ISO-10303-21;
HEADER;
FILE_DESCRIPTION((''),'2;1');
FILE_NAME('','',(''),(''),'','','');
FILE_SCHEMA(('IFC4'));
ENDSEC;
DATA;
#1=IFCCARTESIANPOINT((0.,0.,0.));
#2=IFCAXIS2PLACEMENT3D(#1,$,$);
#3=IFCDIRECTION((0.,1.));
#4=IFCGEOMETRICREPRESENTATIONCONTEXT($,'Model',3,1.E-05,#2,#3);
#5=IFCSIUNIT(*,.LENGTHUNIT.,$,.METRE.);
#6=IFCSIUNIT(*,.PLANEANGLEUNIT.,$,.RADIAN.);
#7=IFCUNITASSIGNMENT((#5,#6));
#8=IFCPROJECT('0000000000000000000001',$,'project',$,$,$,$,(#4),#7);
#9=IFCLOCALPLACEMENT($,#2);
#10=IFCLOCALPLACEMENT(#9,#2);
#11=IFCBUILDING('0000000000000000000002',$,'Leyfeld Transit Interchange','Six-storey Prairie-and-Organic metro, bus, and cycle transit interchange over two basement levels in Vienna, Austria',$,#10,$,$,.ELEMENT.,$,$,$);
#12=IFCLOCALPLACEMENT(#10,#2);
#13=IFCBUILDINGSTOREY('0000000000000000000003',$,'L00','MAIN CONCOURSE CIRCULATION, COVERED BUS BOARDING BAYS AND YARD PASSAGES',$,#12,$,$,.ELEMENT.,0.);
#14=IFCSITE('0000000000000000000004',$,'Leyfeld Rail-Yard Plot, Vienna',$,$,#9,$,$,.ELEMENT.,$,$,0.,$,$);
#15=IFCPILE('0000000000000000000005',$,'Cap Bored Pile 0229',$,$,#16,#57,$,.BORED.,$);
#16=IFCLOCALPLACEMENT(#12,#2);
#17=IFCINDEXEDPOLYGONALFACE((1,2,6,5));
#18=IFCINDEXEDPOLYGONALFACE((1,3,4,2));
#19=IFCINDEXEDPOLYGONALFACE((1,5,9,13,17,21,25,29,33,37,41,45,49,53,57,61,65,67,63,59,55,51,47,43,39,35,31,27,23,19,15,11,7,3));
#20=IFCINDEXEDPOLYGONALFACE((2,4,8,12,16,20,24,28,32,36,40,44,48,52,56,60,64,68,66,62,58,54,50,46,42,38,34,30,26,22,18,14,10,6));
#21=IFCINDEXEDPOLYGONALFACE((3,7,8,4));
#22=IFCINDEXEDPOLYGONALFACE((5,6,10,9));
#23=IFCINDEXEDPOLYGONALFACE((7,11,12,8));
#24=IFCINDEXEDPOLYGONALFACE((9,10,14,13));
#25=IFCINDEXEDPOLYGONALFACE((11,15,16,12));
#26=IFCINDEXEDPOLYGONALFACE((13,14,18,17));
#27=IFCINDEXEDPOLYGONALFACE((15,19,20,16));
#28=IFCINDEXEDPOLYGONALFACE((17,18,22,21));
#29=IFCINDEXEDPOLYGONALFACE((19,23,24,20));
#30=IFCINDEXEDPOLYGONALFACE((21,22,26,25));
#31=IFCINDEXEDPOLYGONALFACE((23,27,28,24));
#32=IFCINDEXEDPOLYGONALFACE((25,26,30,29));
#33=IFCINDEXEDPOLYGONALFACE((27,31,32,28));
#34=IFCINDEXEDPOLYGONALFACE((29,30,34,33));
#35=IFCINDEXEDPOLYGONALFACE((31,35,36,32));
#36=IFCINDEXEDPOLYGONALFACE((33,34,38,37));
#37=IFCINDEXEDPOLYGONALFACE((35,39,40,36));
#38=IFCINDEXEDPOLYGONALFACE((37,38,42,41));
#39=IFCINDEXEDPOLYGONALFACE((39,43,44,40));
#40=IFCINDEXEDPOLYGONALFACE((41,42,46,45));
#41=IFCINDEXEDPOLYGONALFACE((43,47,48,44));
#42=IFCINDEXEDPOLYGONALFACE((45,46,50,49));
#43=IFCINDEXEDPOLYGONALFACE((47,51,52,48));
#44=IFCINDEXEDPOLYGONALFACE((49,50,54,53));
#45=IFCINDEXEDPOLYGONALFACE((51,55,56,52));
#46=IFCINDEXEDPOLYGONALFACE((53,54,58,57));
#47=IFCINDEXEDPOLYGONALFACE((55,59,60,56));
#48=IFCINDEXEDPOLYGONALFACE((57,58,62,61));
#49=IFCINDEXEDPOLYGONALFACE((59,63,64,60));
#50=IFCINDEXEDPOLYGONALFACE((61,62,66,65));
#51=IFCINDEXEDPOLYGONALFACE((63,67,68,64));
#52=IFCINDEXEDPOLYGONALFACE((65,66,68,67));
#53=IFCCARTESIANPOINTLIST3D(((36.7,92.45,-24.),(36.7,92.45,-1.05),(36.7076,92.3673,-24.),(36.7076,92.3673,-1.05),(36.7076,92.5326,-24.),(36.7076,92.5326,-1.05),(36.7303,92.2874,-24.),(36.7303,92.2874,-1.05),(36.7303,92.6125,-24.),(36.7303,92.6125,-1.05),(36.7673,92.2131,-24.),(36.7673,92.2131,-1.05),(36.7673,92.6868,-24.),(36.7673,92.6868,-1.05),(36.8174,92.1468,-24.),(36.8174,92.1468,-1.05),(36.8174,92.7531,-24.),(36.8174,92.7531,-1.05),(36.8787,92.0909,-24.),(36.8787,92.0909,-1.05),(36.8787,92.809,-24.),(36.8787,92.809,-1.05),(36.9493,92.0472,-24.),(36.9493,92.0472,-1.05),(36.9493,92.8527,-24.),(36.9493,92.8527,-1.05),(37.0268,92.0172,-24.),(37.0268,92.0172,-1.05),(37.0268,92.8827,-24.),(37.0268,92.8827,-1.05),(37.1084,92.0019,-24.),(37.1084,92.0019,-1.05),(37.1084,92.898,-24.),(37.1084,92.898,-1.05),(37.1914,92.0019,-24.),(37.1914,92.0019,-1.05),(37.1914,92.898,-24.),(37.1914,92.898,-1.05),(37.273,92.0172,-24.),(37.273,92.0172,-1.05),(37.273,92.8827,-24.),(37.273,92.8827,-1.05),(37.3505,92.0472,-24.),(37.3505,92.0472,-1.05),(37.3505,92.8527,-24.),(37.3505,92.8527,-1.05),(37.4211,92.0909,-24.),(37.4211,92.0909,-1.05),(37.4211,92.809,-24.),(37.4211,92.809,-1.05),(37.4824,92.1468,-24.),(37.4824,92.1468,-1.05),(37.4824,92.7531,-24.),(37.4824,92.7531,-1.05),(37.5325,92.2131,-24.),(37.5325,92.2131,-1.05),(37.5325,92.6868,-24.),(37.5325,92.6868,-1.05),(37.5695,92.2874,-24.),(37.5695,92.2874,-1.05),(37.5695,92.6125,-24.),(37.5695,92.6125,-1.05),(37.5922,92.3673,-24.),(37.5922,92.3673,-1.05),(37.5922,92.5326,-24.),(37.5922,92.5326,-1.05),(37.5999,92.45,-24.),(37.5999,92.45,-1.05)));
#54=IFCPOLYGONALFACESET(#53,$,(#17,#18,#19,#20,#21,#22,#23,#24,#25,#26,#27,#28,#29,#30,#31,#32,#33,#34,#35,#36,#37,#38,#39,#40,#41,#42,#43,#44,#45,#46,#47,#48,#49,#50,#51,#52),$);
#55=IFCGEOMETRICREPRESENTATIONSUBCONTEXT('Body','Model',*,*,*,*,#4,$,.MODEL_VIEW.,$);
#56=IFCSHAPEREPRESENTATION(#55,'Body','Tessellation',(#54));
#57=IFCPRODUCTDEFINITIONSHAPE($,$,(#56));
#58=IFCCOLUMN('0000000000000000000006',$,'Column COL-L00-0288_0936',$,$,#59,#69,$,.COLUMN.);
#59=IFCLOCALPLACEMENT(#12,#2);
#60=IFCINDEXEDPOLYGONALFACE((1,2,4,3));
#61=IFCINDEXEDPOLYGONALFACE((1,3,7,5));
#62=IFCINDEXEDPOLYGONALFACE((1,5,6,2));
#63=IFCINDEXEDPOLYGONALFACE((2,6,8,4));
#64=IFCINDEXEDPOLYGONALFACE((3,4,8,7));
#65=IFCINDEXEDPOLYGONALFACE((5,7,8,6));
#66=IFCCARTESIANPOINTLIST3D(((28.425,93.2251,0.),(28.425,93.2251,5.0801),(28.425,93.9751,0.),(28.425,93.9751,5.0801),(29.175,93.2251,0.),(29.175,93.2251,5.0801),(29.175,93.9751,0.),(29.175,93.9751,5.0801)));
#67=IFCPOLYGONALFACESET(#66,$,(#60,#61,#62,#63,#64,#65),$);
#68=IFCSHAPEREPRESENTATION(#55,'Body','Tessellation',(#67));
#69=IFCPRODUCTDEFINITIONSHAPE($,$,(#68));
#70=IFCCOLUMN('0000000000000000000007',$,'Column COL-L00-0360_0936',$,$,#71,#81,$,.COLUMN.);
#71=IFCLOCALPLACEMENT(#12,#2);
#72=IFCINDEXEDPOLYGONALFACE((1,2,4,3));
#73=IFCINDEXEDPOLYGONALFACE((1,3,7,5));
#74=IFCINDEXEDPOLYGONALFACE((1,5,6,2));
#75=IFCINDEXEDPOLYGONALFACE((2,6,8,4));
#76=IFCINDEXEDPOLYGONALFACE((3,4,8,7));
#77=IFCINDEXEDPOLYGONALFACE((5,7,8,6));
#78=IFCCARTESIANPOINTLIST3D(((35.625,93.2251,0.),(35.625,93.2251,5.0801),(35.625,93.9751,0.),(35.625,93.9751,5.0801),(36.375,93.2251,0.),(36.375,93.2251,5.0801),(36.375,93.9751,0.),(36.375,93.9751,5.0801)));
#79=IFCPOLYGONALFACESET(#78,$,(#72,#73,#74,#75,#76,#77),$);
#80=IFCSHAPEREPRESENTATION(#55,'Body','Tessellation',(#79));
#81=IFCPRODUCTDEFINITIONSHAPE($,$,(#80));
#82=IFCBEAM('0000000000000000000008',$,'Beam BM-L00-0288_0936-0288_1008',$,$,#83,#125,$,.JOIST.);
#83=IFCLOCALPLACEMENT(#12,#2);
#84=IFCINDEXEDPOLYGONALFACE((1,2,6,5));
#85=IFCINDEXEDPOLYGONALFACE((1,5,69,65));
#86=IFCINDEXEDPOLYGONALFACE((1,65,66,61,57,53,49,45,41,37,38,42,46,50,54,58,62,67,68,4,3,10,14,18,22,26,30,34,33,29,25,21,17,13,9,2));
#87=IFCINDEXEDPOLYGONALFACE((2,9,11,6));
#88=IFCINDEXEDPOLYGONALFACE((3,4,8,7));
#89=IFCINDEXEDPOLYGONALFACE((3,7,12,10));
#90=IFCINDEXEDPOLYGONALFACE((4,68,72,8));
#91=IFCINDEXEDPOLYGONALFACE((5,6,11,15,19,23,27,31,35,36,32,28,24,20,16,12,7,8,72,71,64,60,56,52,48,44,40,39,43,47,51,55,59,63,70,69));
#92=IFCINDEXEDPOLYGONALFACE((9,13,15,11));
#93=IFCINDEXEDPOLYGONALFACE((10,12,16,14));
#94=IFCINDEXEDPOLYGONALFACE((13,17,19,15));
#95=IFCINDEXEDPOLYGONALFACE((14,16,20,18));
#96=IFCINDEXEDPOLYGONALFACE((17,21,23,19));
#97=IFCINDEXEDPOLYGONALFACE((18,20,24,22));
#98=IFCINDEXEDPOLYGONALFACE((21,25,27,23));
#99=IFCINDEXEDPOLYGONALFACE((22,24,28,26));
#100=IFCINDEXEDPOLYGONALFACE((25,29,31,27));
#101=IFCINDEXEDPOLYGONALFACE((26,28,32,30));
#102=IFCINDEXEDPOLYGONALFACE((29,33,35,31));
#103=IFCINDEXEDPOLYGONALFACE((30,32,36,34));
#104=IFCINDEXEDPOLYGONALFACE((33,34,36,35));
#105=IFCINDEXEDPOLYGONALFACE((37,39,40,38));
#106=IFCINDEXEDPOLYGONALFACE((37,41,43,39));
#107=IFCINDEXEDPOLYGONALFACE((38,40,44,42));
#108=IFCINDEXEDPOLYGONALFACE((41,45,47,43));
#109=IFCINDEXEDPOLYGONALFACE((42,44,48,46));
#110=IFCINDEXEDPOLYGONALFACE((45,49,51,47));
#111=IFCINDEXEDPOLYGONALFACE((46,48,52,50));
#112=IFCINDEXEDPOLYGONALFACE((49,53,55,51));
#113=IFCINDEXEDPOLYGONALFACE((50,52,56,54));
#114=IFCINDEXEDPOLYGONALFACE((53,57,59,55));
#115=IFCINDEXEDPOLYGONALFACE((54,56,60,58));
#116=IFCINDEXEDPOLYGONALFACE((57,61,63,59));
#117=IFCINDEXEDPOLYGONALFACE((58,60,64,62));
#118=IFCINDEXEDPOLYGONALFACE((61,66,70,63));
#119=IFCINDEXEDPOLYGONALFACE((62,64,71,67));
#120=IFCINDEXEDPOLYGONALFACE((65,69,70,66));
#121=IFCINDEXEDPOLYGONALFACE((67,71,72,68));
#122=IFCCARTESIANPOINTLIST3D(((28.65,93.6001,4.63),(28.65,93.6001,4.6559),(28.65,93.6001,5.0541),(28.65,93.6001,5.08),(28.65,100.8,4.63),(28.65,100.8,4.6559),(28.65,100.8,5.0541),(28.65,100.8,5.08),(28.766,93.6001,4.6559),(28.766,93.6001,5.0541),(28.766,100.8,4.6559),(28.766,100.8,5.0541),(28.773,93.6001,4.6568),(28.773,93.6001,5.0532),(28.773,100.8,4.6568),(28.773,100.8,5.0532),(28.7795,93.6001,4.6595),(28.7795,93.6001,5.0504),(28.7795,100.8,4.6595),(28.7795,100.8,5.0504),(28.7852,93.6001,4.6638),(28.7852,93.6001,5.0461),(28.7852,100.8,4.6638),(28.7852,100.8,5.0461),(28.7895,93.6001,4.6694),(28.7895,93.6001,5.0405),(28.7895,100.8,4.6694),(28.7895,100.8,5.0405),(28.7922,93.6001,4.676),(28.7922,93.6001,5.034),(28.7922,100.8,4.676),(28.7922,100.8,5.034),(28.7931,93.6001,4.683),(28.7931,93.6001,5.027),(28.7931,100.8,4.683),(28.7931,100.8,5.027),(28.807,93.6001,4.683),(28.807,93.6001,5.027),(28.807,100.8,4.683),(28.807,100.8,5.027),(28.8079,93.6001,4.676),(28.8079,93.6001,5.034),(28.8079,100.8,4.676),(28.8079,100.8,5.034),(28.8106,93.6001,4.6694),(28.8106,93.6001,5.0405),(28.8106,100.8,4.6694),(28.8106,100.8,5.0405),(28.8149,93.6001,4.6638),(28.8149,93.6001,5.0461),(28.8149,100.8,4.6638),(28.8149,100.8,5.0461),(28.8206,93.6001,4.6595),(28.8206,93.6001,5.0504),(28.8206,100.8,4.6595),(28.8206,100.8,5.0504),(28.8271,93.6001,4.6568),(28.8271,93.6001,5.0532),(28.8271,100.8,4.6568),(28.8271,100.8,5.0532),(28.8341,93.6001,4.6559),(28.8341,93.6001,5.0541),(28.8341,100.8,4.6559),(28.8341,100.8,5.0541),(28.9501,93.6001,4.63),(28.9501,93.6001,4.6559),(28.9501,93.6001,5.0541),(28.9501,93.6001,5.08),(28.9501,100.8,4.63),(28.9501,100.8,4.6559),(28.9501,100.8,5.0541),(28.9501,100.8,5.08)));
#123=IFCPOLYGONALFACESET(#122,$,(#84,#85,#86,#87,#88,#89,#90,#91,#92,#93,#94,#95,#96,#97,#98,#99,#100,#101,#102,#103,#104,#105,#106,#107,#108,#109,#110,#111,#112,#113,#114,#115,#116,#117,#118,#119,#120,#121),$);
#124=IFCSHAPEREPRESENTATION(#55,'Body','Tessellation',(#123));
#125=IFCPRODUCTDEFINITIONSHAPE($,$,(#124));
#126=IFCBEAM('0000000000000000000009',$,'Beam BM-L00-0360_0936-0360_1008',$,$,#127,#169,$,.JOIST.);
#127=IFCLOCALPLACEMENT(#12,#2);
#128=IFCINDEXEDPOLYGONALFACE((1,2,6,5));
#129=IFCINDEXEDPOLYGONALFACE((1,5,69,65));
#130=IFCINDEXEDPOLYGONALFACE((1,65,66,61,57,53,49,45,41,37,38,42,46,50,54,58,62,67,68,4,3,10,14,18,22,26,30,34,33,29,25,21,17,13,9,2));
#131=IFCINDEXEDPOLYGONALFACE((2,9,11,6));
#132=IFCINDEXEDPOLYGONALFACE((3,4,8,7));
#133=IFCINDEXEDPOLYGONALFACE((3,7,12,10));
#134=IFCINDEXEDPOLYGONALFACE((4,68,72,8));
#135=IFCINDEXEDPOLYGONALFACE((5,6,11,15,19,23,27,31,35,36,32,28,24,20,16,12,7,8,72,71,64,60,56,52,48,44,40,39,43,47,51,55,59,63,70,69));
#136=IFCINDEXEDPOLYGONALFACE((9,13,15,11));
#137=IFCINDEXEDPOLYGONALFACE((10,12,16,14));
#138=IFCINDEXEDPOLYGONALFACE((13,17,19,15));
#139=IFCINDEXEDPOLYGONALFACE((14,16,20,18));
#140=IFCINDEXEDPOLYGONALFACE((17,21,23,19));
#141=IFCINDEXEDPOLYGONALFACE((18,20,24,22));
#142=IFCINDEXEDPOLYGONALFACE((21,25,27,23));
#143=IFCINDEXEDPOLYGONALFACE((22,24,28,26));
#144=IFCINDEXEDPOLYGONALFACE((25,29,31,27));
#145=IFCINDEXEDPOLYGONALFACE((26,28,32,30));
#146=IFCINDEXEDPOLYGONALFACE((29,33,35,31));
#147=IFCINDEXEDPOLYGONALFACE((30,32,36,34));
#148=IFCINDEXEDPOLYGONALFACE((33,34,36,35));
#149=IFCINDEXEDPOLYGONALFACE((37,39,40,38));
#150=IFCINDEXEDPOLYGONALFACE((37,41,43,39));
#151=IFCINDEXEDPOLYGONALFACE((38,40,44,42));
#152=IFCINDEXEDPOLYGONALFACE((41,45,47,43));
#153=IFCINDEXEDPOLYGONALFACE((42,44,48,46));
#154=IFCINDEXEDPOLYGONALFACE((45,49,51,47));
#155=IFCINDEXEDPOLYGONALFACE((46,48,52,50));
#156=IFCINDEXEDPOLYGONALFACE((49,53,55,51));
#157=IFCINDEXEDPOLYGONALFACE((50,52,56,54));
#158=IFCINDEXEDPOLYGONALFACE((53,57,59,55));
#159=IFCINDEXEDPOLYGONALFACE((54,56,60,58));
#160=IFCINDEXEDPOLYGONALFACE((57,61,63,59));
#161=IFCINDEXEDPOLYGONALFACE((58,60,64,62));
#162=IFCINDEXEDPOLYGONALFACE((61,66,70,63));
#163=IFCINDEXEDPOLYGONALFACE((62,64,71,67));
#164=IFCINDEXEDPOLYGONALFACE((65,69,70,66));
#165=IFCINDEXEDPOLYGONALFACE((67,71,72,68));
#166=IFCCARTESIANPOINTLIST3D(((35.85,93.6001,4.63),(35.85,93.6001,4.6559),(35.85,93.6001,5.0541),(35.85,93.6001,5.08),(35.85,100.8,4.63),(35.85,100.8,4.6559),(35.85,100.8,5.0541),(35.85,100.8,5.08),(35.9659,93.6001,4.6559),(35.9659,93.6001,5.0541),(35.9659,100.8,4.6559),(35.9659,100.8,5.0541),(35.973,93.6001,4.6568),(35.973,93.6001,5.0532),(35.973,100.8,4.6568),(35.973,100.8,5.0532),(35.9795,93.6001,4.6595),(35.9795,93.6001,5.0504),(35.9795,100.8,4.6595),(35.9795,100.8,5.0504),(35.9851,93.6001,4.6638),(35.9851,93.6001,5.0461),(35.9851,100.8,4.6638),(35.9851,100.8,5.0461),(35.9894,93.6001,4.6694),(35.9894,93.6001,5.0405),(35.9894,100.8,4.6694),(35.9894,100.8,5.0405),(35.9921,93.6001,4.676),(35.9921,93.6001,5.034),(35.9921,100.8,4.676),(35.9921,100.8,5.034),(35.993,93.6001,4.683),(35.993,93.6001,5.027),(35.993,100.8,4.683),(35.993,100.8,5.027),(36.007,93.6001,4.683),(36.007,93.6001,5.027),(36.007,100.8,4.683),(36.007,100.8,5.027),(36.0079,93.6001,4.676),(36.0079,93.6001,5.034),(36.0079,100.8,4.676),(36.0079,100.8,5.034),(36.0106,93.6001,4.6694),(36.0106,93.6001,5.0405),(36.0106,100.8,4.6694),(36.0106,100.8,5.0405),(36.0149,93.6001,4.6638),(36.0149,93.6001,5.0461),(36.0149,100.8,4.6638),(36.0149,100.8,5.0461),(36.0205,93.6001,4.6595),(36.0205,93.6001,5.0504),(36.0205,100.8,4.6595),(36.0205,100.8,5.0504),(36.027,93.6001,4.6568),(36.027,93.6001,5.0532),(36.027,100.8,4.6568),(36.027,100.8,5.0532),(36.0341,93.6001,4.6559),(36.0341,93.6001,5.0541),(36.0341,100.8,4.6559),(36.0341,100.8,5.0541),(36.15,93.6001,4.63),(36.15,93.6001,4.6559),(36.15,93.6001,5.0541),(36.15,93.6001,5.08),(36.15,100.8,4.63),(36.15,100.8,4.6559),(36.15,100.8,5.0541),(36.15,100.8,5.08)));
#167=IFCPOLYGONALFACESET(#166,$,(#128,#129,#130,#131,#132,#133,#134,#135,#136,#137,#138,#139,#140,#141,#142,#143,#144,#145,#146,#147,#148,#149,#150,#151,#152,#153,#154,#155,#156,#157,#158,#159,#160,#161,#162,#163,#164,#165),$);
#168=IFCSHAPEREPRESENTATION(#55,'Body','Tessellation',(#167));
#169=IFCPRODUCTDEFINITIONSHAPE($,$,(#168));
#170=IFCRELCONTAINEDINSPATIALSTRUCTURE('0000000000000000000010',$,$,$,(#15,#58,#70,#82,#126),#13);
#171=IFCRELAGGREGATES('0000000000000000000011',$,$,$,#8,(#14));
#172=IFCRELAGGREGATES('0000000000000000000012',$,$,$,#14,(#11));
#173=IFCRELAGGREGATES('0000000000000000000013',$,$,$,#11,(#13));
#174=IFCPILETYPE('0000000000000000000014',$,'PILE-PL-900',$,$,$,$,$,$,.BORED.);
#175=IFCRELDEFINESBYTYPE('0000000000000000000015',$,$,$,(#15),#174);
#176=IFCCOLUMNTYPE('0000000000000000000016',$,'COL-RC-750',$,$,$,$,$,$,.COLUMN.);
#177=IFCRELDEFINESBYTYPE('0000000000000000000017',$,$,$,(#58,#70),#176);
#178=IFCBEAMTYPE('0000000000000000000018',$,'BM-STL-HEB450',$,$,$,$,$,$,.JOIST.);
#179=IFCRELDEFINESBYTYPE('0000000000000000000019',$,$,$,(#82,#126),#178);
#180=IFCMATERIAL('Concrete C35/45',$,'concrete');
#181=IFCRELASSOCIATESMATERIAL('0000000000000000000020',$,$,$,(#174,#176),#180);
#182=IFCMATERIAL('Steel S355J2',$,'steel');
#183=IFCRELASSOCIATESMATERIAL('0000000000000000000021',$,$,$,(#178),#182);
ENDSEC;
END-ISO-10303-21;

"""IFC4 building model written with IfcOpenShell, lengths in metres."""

from ifc_helpers import new_model, si_unit, direction, frame, origin, origin_2d, place, context, subcontext, project, spatial, rectangle, circle, i_section, extrude, material, material_profile, profile_set, type_object, element, save


model = new_model("IFC4")

# Units and contexts
model_context = context("Model", 3, precision=1e-05, world=origin(), true_north=direction((0.0, 1.0)))
body_context = subcontext(model_context, "Body", "Model", "MODEL_VIEW")
ifc_project = project(units=[si_unit("LENGTHUNIT", "METRE"), si_unit("PLANEANGLEUNIT", "RADIAN")], contexts=[model_context])

# Site, building, storey
site_placement = place(None, origin())
site = spatial("IfcSite", under=ifc_project, at=site_placement, Name="Leyfeld Rail-Yard Plot, Vienna", CompositionType="ELEMENT", RefElevation=0.0)
building_placement = place(site_placement, origin())
building = spatial("IfcBuilding", under=site, at=building_placement, Name="Leyfeld Transit Interchange", Description="Six-storey Prairie-and-Organic metro, bus, and cycle transit interchange over two basement levels in Vienna, Austria", CompositionType="ELEMENT")
storey_placement = place(building_placement, origin())
storey = spatial("IfcBuildingStorey", under=building, at=storey_placement, Name="L00", Description="MAIN CONCOURSE CIRCULATION, COVERED BUS BOARDING BAYS AND YARD PASSAGES", CompositionType="ELEMENT", Elevation=0.0)

# Shared definitions
ifc_material_1 = material(Name="Concrete C35/45", Category="concrete")

# Pile
ifc_material_profile_1 = material_profile(ifc_material_1, circle(Radius=0.45, at=origin_2d()), Name="PILE D900")
ifc_profile_set_1 = profile_set([ifc_material_profile_1], Name="Concrete C35/45")
pile_type = type_object("IfcPileType", Name="PILE-PL-900", PredefinedType="BORED", material=ifc_profile_set_1)
for number, where, z_axis, x_axis, name in (
    (1, (37.1499, 92.45, -1.05), (0.0, 0.0, -1.0), (1.0, 0.0, 0.0), "Cap Bored Pile 0229"),
):
    element("IfcPile", number, at=place(storey_placement, frame(where, z_axis=z_axis, x_axis=x_axis)), inside=storey, type_object=pile_type, Name=name, PredefinedType="BORED", context=body_context, shape_type="SweptSolid", body=[
        extrude(circle(Radius=0.45, at=origin_2d()), origin(), (0.0, 0.0, 1.0), 22.95),
    ])

# Columns
ifc_material_profile_2 = material_profile(ifc_material_1, rectangle(XDim=0.75, YDim=0.75, at=origin_2d()), Name="RC 750x750")
ifc_profile_set_2 = profile_set([ifc_material_profile_2], Name="Concrete C35/45")
column_type = type_object("IfcColumnType", Name="COL-RC-750", PredefinedType="COLUMN", material=ifc_profile_set_2)
for number, where, z_axis, x_axis, name in (
    (2, (28.8, 93.6001, 0.0), (0.0, 0.0, 1.0), (1.0, 0.0, 0.0), "Column COL-L00-0288_0936"),
    (3, (36.0, 93.6001, 0.0), (0.0, 0.0, 1.0), (1.0, 0.0, 0.0), "Column COL-L00-0360_0936"),
):
    element("IfcColumn", number, at=place(storey_placement, frame(where, z_axis=z_axis, x_axis=x_axis)), inside=storey, type_object=column_type, Name=name, PredefinedType="COLUMN", context=body_context, shape_type="SweptSolid", body=[
        extrude(rectangle(XDim=0.75, YDim=0.75, at=origin_2d()), origin(), (0.0, 0.0, 1.0), 5.0801),
    ])

# Beams
ifc_material_2 = material(Name="Steel S355J2", Category="steel")
ifc_material_profile_3 = material_profile(ifc_material_2, i_section(OverallWidth=0.3, OverallDepth=0.45, WebThickness=0.0139, FlangeThickness=0.0259, FilletRadius=0.0271, at=origin_2d()), Name="HEB 450")
ifc_profile_set_3 = profile_set([ifc_material_profile_3], Name="Steel S355J2")
beam_type_1 = type_object("IfcBeamType", Name="BM-STL-HEB450", PredefinedType="JOIST", material=ifc_profile_set_3)
for number, where, z_axis, x_axis, name in (
    (4, (28.8, 93.6001, 4.855), (0.0, 1.0, 0.0), (-1.0, 0.0, 0.0), "Beam BM-L00-0288_0936-0288_1008"),
    (5, (36.0, 93.6001, 4.855), (0.0, 1.0, 0.0), (-1.0, 0.0, 0.0), "Beam BM-L00-0360_0936-0360_1008"),
):
    element("IfcBeam", number, at=place(storey_placement, frame(where, z_axis=z_axis, x_axis=x_axis)), inside=storey, type_object=beam_type_1, Name=name, PredefinedType="JOIST", context=body_context, shape_type="SweptSolid", body=[
        extrude(i_section(OverallWidth=0.3, OverallDepth=0.45, WebThickness=0.0139, FlangeThickness=0.0259, FilletRadius=0.0271, at=origin_2d()), origin(), (0.0, 0.0, 1.0), 7.2),
    ])

save(model, "model.ifc")
